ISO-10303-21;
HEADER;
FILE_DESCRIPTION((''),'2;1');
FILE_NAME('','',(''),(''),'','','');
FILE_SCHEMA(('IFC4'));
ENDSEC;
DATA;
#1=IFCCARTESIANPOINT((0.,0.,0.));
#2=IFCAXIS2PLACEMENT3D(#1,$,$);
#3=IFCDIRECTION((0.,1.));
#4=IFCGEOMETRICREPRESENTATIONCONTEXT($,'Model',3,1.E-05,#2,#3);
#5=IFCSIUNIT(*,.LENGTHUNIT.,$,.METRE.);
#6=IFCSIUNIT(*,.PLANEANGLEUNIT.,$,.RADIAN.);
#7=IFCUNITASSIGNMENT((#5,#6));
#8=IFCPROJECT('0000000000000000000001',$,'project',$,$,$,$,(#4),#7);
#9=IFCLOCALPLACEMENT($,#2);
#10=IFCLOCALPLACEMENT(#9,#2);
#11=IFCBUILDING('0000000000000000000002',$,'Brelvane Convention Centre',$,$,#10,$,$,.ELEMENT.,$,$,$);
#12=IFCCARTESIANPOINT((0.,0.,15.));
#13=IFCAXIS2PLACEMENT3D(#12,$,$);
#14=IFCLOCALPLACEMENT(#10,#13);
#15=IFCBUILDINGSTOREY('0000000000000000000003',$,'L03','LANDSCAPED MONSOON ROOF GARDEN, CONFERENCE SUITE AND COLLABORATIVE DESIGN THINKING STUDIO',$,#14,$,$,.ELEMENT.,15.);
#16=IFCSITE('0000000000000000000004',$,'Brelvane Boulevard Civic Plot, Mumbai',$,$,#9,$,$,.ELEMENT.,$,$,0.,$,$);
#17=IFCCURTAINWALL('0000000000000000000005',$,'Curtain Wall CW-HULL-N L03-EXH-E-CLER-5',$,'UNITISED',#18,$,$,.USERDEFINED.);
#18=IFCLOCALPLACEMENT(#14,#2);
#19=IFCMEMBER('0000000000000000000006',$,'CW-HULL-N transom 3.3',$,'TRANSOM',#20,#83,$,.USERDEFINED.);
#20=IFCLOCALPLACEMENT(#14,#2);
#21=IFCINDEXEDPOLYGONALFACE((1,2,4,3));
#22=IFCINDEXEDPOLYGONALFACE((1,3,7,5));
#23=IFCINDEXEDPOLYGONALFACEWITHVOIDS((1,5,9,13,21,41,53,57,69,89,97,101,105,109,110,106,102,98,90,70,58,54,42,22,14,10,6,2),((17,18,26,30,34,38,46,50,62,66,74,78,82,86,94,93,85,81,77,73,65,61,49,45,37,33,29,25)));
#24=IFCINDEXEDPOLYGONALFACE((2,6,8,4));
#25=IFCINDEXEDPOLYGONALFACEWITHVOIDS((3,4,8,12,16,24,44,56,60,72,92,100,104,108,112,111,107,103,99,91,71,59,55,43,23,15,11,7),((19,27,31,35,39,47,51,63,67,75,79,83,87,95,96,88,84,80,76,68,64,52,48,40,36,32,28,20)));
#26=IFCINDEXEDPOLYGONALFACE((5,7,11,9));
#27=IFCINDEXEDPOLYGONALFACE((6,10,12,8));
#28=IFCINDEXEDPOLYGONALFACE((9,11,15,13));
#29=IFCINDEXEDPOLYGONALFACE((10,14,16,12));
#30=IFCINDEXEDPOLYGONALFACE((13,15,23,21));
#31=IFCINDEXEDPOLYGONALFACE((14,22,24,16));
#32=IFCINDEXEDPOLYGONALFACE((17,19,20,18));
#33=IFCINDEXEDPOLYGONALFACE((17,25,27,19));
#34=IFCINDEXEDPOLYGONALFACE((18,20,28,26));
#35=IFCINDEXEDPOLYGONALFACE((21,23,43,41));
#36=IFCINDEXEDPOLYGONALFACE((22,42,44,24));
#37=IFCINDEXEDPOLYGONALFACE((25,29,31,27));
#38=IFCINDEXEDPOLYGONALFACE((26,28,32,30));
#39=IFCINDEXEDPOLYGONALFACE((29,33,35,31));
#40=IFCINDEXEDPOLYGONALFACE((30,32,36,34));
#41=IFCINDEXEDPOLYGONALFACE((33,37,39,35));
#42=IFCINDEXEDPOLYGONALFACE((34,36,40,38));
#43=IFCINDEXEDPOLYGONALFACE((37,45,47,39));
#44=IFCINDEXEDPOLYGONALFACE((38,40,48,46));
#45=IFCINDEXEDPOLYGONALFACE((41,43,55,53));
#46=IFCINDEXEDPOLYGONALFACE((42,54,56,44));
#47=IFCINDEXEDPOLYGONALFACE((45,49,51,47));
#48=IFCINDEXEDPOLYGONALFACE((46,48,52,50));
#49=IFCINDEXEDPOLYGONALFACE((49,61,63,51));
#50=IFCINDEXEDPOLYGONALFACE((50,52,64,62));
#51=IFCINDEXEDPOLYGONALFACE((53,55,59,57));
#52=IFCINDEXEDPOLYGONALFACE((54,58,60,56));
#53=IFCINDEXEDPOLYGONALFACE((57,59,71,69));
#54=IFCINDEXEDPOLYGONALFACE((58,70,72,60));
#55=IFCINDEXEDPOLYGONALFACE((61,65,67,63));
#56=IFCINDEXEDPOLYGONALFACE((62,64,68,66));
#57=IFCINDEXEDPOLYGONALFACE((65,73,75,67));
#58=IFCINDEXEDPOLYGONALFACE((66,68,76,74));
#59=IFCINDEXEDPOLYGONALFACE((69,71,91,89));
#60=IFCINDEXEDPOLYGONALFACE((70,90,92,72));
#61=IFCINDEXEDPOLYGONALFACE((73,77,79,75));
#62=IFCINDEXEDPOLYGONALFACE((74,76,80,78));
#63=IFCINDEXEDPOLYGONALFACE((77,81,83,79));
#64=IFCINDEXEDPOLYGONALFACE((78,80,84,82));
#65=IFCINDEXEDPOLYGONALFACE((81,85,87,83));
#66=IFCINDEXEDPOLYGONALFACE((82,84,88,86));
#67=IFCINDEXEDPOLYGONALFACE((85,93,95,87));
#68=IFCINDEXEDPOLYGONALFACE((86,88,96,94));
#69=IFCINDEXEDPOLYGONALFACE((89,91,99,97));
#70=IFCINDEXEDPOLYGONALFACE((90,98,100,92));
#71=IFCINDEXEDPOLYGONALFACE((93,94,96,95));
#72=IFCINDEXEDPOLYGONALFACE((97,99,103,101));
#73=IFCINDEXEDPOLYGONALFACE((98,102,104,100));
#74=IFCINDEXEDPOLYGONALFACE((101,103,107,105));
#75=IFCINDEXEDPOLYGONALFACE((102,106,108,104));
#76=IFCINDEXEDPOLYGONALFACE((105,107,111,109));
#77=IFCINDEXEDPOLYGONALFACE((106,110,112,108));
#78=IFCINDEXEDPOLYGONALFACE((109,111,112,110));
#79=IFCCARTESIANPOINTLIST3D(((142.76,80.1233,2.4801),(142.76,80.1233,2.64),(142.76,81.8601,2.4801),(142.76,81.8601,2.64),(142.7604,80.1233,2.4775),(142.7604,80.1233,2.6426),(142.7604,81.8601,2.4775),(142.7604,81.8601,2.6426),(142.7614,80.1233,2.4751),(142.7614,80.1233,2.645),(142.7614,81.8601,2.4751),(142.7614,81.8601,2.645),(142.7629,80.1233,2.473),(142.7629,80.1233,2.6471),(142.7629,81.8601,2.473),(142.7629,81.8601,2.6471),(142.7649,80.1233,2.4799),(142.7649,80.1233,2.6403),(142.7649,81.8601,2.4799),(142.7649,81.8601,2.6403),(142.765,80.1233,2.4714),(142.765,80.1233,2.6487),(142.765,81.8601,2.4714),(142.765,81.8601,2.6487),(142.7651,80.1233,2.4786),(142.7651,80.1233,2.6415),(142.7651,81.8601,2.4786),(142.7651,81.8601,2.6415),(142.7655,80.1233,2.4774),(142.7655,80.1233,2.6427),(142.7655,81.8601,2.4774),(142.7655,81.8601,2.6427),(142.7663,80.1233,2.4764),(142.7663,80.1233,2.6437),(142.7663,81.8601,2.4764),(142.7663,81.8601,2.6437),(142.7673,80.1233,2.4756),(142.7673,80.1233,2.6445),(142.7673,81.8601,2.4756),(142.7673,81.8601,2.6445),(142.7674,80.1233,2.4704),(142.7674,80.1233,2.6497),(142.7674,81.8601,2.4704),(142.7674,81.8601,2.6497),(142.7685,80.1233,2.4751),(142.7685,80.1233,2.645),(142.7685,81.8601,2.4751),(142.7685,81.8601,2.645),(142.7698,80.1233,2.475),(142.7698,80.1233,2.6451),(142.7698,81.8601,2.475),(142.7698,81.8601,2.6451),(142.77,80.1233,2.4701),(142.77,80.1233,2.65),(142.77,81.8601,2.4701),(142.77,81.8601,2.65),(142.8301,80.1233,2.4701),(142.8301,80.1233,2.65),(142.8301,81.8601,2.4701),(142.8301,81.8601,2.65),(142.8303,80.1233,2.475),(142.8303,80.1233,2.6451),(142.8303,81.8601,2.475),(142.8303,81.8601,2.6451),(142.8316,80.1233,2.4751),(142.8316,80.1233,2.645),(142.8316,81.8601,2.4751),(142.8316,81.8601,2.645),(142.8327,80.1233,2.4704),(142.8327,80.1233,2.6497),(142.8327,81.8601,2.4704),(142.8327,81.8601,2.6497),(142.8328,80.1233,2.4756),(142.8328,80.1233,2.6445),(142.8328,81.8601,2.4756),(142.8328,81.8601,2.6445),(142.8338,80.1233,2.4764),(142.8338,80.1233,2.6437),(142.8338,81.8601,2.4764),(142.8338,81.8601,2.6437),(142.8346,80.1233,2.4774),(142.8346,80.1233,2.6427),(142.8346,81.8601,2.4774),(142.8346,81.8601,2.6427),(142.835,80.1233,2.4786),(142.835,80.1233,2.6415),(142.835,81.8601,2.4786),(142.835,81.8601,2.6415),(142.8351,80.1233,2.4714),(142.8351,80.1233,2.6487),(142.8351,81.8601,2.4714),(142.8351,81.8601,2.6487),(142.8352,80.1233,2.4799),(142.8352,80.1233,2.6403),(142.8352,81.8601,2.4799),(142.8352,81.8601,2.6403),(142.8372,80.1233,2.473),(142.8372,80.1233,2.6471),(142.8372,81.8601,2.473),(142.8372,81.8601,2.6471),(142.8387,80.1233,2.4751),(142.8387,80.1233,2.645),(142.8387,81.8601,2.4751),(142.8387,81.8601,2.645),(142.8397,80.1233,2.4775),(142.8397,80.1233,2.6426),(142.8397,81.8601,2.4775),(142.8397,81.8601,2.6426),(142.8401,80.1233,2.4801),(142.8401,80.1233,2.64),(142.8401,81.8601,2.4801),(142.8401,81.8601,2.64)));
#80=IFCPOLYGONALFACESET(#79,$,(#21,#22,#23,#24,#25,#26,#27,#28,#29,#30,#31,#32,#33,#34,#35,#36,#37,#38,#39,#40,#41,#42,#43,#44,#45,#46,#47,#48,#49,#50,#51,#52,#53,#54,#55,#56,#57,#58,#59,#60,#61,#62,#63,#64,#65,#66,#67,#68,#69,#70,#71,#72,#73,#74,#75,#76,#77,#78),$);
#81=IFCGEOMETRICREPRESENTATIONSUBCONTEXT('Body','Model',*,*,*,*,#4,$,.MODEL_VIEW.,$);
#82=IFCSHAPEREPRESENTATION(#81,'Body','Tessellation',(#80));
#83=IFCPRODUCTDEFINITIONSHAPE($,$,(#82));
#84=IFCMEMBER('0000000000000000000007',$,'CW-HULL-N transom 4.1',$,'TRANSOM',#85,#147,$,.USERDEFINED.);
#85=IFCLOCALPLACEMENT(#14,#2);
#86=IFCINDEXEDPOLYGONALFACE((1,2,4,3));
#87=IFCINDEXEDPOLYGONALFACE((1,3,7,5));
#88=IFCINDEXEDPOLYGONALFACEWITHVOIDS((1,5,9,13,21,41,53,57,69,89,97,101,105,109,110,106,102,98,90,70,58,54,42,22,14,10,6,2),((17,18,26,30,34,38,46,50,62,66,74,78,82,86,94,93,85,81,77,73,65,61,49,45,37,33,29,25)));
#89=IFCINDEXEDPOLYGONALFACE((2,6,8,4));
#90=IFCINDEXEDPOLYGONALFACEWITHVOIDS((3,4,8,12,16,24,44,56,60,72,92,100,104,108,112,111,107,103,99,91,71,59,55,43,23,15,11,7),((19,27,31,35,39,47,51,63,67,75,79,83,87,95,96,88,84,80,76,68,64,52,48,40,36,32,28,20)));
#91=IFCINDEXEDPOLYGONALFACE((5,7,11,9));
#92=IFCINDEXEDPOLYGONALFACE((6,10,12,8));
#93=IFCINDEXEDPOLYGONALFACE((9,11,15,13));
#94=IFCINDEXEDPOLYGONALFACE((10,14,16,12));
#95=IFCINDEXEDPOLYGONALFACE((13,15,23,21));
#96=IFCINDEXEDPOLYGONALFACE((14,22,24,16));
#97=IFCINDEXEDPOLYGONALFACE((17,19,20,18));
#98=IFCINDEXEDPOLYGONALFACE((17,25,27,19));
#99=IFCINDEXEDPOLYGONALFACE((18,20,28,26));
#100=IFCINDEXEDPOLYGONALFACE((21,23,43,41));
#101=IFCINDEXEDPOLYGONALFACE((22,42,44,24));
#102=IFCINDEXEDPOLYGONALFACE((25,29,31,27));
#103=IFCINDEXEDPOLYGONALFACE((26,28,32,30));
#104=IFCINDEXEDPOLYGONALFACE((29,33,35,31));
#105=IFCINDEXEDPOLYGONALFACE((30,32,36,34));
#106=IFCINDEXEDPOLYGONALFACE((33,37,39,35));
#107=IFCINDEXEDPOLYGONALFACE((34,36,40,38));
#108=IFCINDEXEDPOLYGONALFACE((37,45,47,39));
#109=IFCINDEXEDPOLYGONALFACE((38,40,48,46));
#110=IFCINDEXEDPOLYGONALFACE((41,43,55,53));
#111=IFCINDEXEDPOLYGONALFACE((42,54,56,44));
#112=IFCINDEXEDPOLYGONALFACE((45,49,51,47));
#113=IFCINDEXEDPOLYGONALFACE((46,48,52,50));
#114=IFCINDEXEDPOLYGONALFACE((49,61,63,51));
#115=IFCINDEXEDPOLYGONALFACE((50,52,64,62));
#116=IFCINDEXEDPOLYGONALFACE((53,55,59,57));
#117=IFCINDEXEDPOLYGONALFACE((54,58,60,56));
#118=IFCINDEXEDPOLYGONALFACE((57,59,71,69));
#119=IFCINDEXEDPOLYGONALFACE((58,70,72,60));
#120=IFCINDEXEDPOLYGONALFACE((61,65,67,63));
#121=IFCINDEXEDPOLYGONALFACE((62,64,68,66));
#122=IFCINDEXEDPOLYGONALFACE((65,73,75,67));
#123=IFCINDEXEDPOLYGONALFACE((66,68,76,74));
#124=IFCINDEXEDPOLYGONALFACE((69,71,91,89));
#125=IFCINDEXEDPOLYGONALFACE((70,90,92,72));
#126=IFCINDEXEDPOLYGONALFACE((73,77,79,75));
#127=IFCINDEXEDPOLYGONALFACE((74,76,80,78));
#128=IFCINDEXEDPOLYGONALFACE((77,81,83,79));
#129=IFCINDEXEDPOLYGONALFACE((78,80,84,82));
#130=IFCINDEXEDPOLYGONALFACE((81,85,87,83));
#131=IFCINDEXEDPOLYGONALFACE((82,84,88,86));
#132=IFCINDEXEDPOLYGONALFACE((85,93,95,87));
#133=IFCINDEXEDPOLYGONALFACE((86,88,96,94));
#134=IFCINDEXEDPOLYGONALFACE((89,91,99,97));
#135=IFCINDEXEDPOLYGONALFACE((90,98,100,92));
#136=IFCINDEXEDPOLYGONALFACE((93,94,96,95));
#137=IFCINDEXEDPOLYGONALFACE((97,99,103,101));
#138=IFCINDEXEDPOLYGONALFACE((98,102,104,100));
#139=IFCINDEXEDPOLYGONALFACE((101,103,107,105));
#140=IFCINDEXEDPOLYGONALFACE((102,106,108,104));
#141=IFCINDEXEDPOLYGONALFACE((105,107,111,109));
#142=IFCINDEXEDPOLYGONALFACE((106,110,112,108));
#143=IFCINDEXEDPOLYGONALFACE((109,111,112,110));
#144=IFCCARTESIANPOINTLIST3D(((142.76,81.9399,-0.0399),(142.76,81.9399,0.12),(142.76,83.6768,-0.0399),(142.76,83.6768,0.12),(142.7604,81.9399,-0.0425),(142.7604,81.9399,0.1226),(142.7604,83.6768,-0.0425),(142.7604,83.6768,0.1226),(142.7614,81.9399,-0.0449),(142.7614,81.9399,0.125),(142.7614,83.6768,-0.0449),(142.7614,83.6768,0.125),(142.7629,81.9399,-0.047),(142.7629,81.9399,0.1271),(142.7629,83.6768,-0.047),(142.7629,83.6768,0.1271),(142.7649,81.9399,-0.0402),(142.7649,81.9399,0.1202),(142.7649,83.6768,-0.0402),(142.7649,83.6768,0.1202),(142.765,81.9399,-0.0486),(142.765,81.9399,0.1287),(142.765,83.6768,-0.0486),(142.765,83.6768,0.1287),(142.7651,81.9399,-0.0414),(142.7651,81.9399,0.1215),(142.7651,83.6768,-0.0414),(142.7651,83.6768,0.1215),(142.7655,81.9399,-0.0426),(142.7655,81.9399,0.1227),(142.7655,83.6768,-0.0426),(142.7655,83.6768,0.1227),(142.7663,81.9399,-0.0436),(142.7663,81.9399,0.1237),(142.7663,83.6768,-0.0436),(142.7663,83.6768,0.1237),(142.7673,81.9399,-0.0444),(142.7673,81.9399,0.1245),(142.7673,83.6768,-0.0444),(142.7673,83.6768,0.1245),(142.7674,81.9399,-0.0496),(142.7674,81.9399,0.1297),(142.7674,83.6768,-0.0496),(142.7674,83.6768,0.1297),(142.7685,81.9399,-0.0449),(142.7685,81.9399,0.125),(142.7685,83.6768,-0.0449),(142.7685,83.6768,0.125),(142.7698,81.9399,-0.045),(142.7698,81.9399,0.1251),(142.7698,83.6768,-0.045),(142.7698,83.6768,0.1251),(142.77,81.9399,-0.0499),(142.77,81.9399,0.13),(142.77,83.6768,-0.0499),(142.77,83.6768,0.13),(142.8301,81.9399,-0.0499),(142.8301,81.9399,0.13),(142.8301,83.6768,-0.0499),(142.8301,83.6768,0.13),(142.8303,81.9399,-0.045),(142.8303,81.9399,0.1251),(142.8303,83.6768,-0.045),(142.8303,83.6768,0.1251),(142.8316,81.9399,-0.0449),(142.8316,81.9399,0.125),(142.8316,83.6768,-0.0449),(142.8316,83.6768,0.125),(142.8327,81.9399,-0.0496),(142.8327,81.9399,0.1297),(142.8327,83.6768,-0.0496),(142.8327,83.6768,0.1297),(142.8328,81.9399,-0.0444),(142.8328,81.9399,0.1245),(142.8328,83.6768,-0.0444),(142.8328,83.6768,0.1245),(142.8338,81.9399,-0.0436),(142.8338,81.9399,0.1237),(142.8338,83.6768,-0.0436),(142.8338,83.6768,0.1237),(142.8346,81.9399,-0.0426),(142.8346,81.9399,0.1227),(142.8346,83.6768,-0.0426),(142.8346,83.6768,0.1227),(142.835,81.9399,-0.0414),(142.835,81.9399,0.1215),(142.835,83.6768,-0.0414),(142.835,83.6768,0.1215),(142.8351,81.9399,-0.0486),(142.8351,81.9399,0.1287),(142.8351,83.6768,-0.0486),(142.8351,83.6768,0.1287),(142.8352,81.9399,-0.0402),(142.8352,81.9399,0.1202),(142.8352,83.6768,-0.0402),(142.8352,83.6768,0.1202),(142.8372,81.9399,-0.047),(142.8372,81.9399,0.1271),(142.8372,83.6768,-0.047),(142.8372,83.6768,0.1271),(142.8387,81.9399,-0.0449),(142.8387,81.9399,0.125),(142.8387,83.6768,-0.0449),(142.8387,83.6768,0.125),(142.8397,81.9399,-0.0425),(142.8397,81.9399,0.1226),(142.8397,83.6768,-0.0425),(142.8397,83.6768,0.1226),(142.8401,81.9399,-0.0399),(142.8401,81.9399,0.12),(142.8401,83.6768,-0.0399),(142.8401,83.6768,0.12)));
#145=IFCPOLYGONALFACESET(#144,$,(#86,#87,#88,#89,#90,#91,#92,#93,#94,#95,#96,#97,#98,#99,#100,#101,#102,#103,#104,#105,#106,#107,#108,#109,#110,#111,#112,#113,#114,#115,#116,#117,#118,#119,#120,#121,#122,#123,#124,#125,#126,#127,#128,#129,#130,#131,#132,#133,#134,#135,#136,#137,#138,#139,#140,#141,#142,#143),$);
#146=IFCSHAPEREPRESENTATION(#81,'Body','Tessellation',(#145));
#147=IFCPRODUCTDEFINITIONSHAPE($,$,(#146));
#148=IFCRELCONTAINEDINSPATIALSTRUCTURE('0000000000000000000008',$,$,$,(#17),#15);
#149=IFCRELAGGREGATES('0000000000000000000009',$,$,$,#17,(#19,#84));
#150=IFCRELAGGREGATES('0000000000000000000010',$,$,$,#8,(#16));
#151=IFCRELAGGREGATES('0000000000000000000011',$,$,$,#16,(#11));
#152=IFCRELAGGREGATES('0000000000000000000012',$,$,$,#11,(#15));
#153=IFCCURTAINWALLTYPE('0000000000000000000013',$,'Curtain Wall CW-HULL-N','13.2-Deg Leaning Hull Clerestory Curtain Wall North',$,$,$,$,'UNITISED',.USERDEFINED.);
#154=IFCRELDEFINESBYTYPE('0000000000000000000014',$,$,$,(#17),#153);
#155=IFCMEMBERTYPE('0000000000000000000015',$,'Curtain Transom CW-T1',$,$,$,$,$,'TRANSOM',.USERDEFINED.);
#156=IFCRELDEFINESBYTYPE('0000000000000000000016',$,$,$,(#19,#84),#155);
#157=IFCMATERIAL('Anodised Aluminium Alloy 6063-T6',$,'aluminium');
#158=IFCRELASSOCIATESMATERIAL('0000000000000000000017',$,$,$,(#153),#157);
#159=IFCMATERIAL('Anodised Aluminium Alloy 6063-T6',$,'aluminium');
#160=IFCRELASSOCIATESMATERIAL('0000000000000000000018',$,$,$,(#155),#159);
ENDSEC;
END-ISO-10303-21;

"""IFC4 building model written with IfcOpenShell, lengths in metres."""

from ifc_helpers import new_model, si_unit, direction, frame, origin, origin_2d, place, context, subcontext, project, spatial, hollow_rectangle, extrude, material, material_profile, profile_set, type_object, element, aggregate, save


model = new_model("IFC4")

# Units and contexts
model_context = context("Model", 3, precision=1e-05, world=origin(), true_north=direction((0.0, 1.0)))
body_context = subcontext(model_context, "Body", "Model", "MODEL_VIEW")
ifc_project = project(units=[si_unit("LENGTHUNIT", "METRE"), si_unit("PLANEANGLEUNIT", "RADIAN")], contexts=[model_context])

# Site, building, storey
site_placement = place(None, origin())
site = spatial("IfcSite", under=ifc_project, at=site_placement, Name="Brelvane Boulevard Civic Plot, Mumbai", CompositionType="ELEMENT", RefElevation=0.0)
building_placement = place(site_placement, origin())
building = spatial("IfcBuilding", under=site, at=building_placement, Name="Brelvane Convention Centre", CompositionType="ELEMENT")
storey_placement = place(building_placement, frame((0.0, 0.0, 15.0)))
storey = spatial("IfcBuildingStorey", under=building, at=storey_placement, Name="L03", Description="LANDSCAPED MONSOON ROOF GARDEN, CONFERENCE SUITE AND COLLABORATIVE DESIGN THINKING STUDIO", CompositionType="ELEMENT", Elevation=15.0)

# Curtain wall
ifc_material_1 = material(Name="Anodised Aluminium Alloy 6063-T6", Category="aluminium")
curtain_wall_type = type_object("IfcCurtainWallType", Name="Curtain Wall CW-HULL-N", Description="13.2-Deg Leaning Hull Clerestory Curtain Wall North", ElementType="UNITISED", PredefinedType="USERDEFINED", material=ifc_material_1)
curtain_wall_1_placement = place(storey_placement, origin())
curtain_wall_1 = element("IfcCurtainWall", 1, at=curtain_wall_1_placement, inside=storey, type_object=curtain_wall_type, Name="Curtain Wall CW-HULL-N L03-EXH-E-CLER-5", ObjectType="UNITISED", PredefinedType="USERDEFINED")

# Members
ifc_material_2 = material(Name="Anodised Aluminium Alloy 6063-T6", Category="aluminium")
ifc_material_profile_1 = material_profile(ifc_material_2, hollow_rectangle(XDim=0.0801, YDim=0.1799, WallThickness=0.0049, InnerFilletRadius=0.0049, OuterFilletRadius=0.01, at=origin_2d()), Name="ALU-T 180x80x5.0")
ifc_profile_set_1 = profile_set([ifc_material_profile_1], Name="Anodised Aluminium Alloy 6063-T6")
member_type_1 = type_object("IfcMemberType", Name="Curtain Transom CW-T1", ElementType="TRANSOM", PredefinedType="USERDEFINED", material=ifc_profile_set_1)
member_1_placement = place(storey_placement, frame((142.8, 80.1233, 2.5601), z_axis=(0.0, 1.0, 0.0), x_axis=(-1.0, 0.0, 0.0)))
member_1 = element("IfcMember", 2, at=member_1_placement, type_object=member_type_1, Name="CW-HULL-N transom 3.3", ObjectType="TRANSOM", PredefinedType="USERDEFINED", context=body_context, shape_type="SweptSolid", body=[
    extrude(hollow_rectangle(XDim=0.0801, YDim=0.1799, WallThickness=0.0049, InnerFilletRadius=0.0049, OuterFilletRadius=0.01, at=origin_2d()), origin(), (0.0, 0.0, 1.0), 1.7368),
])
member_2_placement = place(storey_placement, frame((142.8, 81.9399, 0.04), z_axis=(0.0, 1.0, 0.0), x_axis=(-1.0, 0.0, 0.0)))
member_2 = element("IfcMember", 3, at=member_2_placement, type_object=member_type_1, Name="CW-HULL-N transom 4.1", ObjectType="TRANSOM", PredefinedType="USERDEFINED", context=body_context, shape_type="SweptSolid", body=[
    extrude(hollow_rectangle(XDim=0.0801, YDim=0.1799, WallThickness=0.0049, InnerFilletRadius=0.0049, OuterFilletRadius=0.01, at=origin_2d()), origin(), (0.0, 0.0, 1.0), 1.7368),
])

aggregate(curtain_wall_1, [member_1, member_2])

save(model, "model.ifc")
